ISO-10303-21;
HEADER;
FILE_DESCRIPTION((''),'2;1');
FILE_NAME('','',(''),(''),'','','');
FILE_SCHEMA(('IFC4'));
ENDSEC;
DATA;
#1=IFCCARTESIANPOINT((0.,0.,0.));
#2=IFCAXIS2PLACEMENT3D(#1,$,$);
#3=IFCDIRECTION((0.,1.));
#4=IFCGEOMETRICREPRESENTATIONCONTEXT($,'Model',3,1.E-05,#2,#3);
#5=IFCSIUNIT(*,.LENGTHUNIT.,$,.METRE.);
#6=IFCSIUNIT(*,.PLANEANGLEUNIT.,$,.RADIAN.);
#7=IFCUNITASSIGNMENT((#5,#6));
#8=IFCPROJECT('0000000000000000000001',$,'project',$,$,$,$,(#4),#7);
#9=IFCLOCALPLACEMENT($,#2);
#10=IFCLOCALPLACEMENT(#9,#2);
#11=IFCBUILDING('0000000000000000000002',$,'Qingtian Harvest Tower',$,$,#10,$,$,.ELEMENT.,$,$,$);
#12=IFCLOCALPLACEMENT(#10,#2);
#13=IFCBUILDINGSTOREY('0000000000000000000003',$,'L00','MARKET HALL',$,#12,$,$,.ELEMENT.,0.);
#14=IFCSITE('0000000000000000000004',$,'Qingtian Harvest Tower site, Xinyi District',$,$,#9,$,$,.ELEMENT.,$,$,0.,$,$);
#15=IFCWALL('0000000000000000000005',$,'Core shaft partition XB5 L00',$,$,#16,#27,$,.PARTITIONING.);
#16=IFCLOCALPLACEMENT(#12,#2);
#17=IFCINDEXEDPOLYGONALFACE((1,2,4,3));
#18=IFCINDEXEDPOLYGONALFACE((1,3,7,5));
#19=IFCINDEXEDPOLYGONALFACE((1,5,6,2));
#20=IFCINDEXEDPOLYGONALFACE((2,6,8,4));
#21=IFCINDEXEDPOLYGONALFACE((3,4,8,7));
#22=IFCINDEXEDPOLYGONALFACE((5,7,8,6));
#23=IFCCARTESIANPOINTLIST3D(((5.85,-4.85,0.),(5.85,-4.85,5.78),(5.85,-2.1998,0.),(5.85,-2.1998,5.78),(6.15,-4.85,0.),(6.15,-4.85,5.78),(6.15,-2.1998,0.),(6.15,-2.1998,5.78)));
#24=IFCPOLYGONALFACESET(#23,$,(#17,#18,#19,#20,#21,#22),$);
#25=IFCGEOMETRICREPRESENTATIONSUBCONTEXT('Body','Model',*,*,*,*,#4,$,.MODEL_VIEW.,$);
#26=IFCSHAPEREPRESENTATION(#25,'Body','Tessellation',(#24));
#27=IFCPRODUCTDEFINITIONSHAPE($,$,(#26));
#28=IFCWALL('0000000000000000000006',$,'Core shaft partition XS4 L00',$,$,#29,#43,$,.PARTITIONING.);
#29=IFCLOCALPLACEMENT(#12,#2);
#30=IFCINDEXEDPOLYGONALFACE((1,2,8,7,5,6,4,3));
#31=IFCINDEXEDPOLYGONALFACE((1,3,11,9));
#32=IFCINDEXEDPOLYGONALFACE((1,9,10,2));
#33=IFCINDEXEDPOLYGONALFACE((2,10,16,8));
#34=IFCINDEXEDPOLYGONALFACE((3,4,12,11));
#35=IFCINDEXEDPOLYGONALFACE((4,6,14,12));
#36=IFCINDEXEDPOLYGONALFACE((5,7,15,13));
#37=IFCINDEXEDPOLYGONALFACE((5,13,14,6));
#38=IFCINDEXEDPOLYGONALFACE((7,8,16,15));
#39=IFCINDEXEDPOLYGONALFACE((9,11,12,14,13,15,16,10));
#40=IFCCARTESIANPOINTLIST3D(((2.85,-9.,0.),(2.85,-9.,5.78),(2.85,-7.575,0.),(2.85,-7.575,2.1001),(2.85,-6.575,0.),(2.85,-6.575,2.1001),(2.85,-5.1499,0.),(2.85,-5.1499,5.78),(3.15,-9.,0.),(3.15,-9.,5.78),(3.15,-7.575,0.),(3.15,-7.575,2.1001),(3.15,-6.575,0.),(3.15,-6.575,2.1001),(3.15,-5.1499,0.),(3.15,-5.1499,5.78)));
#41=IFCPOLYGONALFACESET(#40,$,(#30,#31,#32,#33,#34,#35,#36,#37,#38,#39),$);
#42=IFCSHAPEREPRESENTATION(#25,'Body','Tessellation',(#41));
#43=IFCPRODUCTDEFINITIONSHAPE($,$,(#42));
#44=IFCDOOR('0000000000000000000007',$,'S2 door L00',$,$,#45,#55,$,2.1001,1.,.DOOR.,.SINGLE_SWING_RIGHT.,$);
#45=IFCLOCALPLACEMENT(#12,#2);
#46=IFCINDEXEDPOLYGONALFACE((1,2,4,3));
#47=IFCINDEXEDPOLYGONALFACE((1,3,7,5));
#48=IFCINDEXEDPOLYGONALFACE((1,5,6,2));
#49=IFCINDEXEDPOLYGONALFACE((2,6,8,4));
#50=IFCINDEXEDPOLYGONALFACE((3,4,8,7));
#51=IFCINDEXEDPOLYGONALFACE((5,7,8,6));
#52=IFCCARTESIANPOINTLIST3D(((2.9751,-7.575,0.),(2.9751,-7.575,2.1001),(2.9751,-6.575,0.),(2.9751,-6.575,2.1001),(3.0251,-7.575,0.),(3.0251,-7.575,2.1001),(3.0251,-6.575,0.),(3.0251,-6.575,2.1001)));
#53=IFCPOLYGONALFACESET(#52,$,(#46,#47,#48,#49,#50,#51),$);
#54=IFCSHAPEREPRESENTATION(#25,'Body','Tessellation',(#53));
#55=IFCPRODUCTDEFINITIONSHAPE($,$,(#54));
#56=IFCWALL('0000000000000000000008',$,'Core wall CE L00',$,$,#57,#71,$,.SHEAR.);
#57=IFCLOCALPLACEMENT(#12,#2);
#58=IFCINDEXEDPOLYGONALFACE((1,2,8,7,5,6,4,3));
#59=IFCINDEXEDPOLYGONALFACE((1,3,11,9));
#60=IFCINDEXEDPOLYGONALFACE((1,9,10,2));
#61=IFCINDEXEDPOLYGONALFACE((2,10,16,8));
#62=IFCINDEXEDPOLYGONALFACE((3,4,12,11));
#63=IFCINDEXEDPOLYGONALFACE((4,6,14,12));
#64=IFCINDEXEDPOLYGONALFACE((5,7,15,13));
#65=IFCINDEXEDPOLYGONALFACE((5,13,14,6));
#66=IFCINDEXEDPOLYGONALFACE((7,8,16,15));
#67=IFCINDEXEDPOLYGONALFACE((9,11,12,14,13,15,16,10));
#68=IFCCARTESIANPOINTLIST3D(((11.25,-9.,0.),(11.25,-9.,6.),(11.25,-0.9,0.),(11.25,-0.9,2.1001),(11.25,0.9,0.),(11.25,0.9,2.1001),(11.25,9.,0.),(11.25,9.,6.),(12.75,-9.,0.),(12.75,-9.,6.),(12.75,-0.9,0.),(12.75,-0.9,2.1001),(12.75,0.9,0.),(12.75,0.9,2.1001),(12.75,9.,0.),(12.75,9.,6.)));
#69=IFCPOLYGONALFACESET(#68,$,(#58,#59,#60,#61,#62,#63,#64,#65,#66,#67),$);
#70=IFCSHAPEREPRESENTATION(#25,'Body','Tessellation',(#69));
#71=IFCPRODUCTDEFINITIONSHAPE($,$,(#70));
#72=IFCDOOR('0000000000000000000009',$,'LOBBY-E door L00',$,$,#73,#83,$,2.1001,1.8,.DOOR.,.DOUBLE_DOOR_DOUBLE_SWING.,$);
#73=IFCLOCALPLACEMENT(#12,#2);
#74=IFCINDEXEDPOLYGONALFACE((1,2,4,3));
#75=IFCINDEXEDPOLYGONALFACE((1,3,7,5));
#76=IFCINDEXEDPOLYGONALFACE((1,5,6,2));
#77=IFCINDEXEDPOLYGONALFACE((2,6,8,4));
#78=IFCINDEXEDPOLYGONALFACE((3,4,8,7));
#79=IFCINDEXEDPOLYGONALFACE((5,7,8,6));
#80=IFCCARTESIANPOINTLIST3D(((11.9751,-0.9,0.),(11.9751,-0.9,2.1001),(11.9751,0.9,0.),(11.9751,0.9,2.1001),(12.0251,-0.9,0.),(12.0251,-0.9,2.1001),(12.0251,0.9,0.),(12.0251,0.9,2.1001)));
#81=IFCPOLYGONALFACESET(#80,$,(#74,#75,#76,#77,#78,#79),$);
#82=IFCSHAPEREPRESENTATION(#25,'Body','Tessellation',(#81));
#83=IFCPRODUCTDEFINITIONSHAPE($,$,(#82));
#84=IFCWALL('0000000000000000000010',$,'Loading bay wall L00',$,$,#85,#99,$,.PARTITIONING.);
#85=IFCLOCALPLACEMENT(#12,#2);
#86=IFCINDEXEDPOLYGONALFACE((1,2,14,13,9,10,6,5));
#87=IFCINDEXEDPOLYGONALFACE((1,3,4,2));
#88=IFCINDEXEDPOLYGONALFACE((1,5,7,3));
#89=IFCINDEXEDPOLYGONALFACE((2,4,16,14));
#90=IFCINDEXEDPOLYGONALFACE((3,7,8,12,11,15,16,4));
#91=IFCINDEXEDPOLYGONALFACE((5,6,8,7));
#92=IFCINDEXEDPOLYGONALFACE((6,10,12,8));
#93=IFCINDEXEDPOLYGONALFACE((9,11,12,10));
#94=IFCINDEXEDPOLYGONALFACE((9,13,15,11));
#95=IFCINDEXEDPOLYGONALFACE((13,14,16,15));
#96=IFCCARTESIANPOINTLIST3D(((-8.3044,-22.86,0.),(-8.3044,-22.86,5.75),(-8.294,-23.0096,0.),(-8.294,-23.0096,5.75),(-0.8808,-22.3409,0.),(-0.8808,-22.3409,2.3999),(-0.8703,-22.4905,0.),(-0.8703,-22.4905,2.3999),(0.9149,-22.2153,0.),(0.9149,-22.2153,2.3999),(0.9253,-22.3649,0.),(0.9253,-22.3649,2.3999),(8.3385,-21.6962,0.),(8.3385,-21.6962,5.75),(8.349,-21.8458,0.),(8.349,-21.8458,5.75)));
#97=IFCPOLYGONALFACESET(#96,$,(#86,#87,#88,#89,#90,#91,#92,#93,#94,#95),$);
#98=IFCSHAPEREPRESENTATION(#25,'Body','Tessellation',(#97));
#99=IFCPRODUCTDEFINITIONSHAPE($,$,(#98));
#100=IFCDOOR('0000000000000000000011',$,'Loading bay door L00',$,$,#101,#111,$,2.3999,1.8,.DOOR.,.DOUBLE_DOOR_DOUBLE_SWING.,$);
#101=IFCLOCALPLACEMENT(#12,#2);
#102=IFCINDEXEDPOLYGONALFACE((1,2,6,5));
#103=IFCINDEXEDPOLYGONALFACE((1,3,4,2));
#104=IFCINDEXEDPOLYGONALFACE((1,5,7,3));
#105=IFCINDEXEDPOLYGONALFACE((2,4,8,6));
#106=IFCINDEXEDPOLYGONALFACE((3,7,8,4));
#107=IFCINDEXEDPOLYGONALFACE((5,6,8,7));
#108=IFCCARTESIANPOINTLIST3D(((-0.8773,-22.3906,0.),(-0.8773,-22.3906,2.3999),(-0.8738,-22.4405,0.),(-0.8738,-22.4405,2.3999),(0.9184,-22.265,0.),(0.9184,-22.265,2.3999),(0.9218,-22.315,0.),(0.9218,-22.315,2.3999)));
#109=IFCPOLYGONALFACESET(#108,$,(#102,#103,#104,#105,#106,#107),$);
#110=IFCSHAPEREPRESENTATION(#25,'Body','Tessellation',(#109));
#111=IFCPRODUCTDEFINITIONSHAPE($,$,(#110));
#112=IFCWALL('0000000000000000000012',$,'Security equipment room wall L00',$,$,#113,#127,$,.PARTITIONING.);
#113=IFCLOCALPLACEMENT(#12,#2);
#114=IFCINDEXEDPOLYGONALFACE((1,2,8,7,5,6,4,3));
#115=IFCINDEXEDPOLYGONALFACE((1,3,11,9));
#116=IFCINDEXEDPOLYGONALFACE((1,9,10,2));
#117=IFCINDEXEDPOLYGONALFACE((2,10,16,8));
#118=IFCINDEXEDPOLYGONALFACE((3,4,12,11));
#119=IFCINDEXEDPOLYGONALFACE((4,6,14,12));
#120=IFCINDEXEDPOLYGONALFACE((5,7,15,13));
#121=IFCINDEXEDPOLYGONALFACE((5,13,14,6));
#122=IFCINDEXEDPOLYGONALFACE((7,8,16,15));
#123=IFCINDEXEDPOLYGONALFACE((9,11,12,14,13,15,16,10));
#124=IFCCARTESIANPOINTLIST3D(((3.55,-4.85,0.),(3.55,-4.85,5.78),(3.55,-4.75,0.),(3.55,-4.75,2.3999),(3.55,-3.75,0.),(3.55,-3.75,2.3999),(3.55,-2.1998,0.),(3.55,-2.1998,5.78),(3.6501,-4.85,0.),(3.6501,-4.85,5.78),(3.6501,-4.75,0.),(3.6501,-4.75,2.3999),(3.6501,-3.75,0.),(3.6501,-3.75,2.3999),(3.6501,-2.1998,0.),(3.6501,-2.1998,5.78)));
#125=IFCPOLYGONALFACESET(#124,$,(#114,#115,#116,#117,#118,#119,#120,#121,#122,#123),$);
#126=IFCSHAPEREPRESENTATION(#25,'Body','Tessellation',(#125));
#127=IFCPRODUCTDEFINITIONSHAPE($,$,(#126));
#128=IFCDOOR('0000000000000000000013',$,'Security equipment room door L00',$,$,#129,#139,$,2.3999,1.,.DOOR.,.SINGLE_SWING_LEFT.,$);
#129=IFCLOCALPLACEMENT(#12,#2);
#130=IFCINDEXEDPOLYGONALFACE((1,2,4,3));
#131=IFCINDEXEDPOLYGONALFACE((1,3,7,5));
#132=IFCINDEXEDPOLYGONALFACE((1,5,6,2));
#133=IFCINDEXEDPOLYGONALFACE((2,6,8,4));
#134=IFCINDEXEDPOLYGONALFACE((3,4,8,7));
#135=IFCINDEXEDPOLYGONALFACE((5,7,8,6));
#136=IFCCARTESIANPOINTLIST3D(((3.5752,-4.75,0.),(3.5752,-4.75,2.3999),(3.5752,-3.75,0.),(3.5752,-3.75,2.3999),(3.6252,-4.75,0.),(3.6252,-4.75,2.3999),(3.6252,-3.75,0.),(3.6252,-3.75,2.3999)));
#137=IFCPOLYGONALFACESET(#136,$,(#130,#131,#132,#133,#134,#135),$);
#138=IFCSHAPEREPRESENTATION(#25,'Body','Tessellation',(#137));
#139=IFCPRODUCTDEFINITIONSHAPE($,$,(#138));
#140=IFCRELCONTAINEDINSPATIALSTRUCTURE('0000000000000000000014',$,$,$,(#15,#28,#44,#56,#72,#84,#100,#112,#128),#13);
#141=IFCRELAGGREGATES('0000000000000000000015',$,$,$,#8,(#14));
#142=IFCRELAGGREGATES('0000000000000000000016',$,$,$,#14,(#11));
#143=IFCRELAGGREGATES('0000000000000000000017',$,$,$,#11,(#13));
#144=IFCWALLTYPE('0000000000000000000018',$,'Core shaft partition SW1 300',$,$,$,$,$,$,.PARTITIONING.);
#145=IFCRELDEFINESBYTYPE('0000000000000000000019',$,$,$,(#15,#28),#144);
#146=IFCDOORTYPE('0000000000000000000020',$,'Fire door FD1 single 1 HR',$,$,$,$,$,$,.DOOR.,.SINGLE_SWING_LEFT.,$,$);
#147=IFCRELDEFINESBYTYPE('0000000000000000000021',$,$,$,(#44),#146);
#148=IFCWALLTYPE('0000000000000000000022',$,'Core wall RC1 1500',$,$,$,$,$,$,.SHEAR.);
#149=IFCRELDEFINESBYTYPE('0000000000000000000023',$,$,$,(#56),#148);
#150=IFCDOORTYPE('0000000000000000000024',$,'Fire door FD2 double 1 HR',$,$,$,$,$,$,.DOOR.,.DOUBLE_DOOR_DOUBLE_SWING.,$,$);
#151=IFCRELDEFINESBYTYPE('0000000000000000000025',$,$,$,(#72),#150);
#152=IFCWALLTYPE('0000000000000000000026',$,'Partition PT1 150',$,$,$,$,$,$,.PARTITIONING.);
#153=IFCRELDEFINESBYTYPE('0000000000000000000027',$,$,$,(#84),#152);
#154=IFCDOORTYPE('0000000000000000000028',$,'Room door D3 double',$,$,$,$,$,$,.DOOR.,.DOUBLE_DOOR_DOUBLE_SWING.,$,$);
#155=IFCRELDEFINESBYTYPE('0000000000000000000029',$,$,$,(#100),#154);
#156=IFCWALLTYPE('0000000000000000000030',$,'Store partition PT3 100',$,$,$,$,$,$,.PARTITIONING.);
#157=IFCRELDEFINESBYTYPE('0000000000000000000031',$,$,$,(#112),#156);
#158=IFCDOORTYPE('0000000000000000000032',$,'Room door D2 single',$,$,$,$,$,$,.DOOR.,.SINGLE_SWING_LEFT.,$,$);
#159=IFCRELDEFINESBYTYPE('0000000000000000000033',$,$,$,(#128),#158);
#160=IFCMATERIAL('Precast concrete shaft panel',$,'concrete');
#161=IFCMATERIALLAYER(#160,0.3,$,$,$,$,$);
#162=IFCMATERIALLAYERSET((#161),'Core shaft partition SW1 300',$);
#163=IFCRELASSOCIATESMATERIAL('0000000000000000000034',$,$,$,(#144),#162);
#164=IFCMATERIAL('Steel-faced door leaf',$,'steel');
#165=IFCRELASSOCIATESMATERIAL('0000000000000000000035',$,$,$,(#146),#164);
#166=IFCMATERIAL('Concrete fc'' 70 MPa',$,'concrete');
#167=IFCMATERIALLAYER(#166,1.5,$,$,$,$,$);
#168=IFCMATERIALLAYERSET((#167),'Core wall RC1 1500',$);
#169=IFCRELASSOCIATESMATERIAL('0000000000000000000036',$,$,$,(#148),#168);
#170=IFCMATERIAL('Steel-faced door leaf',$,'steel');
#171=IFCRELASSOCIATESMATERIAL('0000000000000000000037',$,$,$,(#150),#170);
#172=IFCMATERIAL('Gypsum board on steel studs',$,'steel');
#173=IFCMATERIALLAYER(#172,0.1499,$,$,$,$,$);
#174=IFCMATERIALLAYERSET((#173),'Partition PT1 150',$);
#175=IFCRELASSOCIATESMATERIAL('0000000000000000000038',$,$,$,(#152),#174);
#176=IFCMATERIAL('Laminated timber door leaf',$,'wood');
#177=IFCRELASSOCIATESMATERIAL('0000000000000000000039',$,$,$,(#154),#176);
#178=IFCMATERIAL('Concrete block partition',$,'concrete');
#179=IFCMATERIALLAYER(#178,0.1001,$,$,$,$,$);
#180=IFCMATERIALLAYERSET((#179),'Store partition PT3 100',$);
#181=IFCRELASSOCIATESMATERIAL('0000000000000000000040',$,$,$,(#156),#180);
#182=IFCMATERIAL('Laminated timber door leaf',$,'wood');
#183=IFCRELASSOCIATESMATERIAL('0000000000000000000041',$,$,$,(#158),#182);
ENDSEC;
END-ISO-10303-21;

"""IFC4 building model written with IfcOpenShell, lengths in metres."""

from ifc_helpers import new_model, si_unit, direction, frame, frame_2d, origin, place, context, subcontext, project, spatial, rectangle, extrude, material, layer, layer_set, type_object, element, fill, save


model = new_model("IFC4")

# Units and contexts
model_context = context("Model", 3, precision=1e-05, world=origin(), true_north=direction((0.0, 1.0)))
body_context = subcontext(model_context, "Body", "Model", "MODEL_VIEW")
ifc_project = project(units=[si_unit("LENGTHUNIT", "METRE"), si_unit("PLANEANGLEUNIT", "RADIAN")], contexts=[model_context])

# Site, building, storey
site_placement = place(None, origin())
site = spatial("IfcSite", under=ifc_project, at=site_placement, Name="Qingtian Harvest Tower site, Xinyi District", CompositionType="ELEMENT", RefElevation=0.0)
building_placement = place(site_placement, origin())
building = spatial("IfcBuilding", under=site, at=building_placement, Name="Qingtian Harvest Tower", CompositionType="ELEMENT")
storey_placement = place(building_placement, origin())
storey = spatial("IfcBuildingStorey", under=building, at=storey_placement, Name="L00", Description="MARKET HALL", CompositionType="ELEMENT", Elevation=0.0)

# Wall
ifc_material_1 = material(Name="Precast concrete shaft panel", Category="concrete")
ifc_layer_1 = layer(ifc_material_1, 0.3)
ifc_layer_set_1 = layer_set([ifc_layer_1], Name="Core shaft partition SW1 300")
wall_type_1 = type_object("IfcWallType", Name="Core shaft partition SW1 300", PredefinedType="PARTITIONING", material=ifc_layer_set_1)
wall_1_placement = place(storey_placement, frame((6.0, -4.8501, 0.0), z_axis=(0.0, 0.0, 1.0), x_axis=(0.0, 1.0, 0.0)))
element("IfcWall", 1, at=wall_1_placement, inside=storey, type_object=wall_type_1, Name="Core shaft partition XB5 L00", PredefinedType="PARTITIONING", context=body_context, shape_type="SweptSolid", body=[
    extrude(rectangle(XDim=2.6501, YDim=0.3, at=frame_2d((1.3252, 0.0))), origin(), (0.0, 0.0, 1.0), 5.78),
])

# Walls, openings, doors
wall_2_placement = place(storey_placement, frame((3.0, -9.0, 0.0), z_axis=(0.0, 0.0, 1.0), x_axis=(0.0, 1.0, 0.0)))
wall_2 = element("IfcWall", 2, at=wall_2_placement, inside=storey, type_object=wall_type_1, Name="Core shaft partition XS4 L00", PredefinedType="PARTITIONING", context=body_context, shape_type="SweptSolid", body=[
    extrude(rectangle(XDim=3.8501, YDim=0.3, at=frame_2d((1.925, 0.0))), origin(), (0.0, 0.0, 1.0), 5.78),
])
opening_1_placement = place(wall_2_placement, frame((1.425, 0.0, 0.0)))
opening_1 = element("IfcOpeningElement", 3, at=opening_1_placement, cuts=wall_2, PredefinedType="OPENING", context=body_context, shape_type="SweptSolid", body=[
    extrude(rectangle(XDim=1.0, YDim=2.1001, at=frame_2d((0.5, 1.05))), frame((0.0, 0.1599, 0.0), z_axis=(0.0, -1.0, 0.0), x_axis=(1.0, 0.0, 0.0)), (0.0, 0.0, 1.0), 0.3201),
])
ifc_material_2 = material(Name="Steel-faced door leaf", Category="steel")
door_type_1 = type_object("IfcDoorType", Name="Fire door FD1 single 1 HR", OperationType="SINGLE_SWING_LEFT", PredefinedType="DOOR", material=ifc_material_2)
door_1_placement = place(opening_1_placement, origin())
door_1 = element("IfcDoor", 4, at=door_1_placement, inside=storey, type_object=door_type_1, Name="S2 door L00", OperationType="SINGLE_SWING_RIGHT", OverallHeight=2.1001, OverallWidth=1.0, PredefinedType="DOOR", context=body_context, shape_type="SweptSolid", body=[
    extrude(rectangle(XDim=1.0, YDim=2.1001, at=frame_2d((0.5, 1.05))), frame((0.0, 0.0249, 0.0), z_axis=(0.0, -1.0, 0.0), x_axis=(1.0, 0.0, 0.0)), (0.0, 0.0, 1.0), 0.05),
])
fill(opening_1, door_1)
ifc_material_3 = material(Name="Concrete fc' 70 MPa", Category="concrete")
ifc_layer_2 = layer(ifc_material_3, 1.5)
ifc_layer_set_2 = layer_set([ifc_layer_2], Name="Core wall RC1 1500")
wall_type_2 = type_object("IfcWallType", Name="Core wall RC1 1500", PredefinedType="SHEAR", material=ifc_layer_set_2)
wall_3_placement = place(storey_placement, frame((12.0, -9.0, 0.0), z_axis=(0.0, 0.0, 1.0), x_axis=(0.0, 1.0, 0.0)))
wall_3 = element("IfcWall", 5, at=wall_3_placement, inside=storey, type_object=wall_type_2, Name="Core wall CE L00", PredefinedType="SHEAR", context=body_context, shape_type="SweptSolid", body=[
    extrude(rectangle(XDim=18.0, YDim=1.5, at=frame_2d((9.0, 0.0))), origin(), (0.0, 0.0, 1.0), 6.0),
])
opening_2_placement = place(wall_3_placement, frame((8.1001, 0.0, 0.0)))
opening_2 = element("IfcOpeningElement", 6, at=opening_2_placement, cuts=wall_3, PredefinedType="OPENING", context=body_context, shape_type="SweptSolid", body=[
    extrude(rectangle(XDim=1.8, YDim=2.1001, at=frame_2d((0.8999, 1.05))), frame((0.0, 0.76, 0.0), z_axis=(0.0, -1.0, 0.0), x_axis=(1.0, 0.0, 0.0)), (0.0, 0.0, 1.0), 1.52),
])
ifc_material_4 = material(Name="Steel-faced door leaf", Category="steel")
door_type_2 = type_object("IfcDoorType", Name="Fire door FD2 double 1 HR", OperationType="DOUBLE_DOOR_DOUBLE_SWING", PredefinedType="DOOR", material=ifc_material_4)
door_2_placement = place(opening_2_placement, origin())
door_2 = element("IfcDoor", 7, at=door_2_placement, inside=storey, type_object=door_type_2, Name="LOBBY-E door L00", OperationType="DOUBLE_DOOR_DOUBLE_SWING", OverallHeight=2.1001, OverallWidth=1.8, PredefinedType="DOOR", context=body_context, shape_type="SweptSolid", body=[
    extrude(rectangle(XDim=1.8, YDim=2.1001, at=frame_2d((0.8999, 1.05))), frame((0.0, 0.0249, 0.0), z_axis=(0.0, -1.0, 0.0), x_axis=(1.0, 0.0, 0.0)), (0.0, 0.0, 1.0), 0.05),
])
fill(opening_2, door_2)
ifc_material_5 = material(Name="Gypsum board on steel studs", Category="steel")
ifc_layer_3 = layer(ifc_material_5, 0.1499)
ifc_layer_set_3 = layer_set([ifc_layer_3], Name="Partition PT1 150")
wall_type_3 = type_object("IfcWallType", Name="Partition PT1 150", PredefinedType="PARTITIONING", material=ifc_layer_set_3)
wall_4_placement = place(storey_placement, frame((8.3438, -21.771, 0.0), z_axis=(0.0, 0.0, 1.0), x_axis=(-0.997564, -0.069758, 0.0)))
wall_4 = element("IfcWall", 8, at=wall_4_placement, inside=storey, type_object=wall_type_3, Name="Loading bay wall L00", PredefinedType="PARTITIONING", context=body_context, shape_type="SweptSolid", body=[
    extrude(rectangle(XDim=16.6836, YDim=0.1499, at=frame_2d((8.3418, 0.0))), origin(), (0.0, 0.0, 1.0), 5.75),
])
opening_3_placement = place(wall_4_placement, frame((7.4419, 0.0, 0.0)))
opening_3 = element("IfcOpeningElement", 9, at=opening_3_placement, cuts=wall_4, PredefinedType="OPENING", context=body_context, shape_type="SweptSolid", body=[
    extrude(rectangle(XDim=1.8, YDim=2.3999, at=frame_2d((0.8999, 1.2))), frame((0.0, 0.085, 0.0), z_axis=(0.0, -1.0, 0.0), x_axis=(1.0, 0.0, 0.0)), (0.0, 0.0, 1.0), 0.1699),
])
ifc_material_6 = material(Name="Laminated timber door leaf", Category="wood")
door_type_3 = type_object("IfcDoorType", Name="Room door D3 double", OperationType="DOUBLE_DOOR_DOUBLE_SWING", PredefinedType="DOOR", material=ifc_material_6)
door_3_placement = place(opening_3_placement, origin())
door_3 = element("IfcDoor", 10, at=door_3_placement, inside=storey, type_object=door_type_3, Name="Loading bay door L00", OperationType="DOUBLE_DOOR_DOUBLE_SWING", OverallHeight=2.3999, OverallWidth=1.8, PredefinedType="DOOR", context=body_context, shape_type="SweptSolid", body=[
    extrude(rectangle(XDim=1.8, YDim=2.3999, at=frame_2d((0.8999, 1.2))), frame((0.0, 0.0249, 0.0), z_axis=(0.0, -1.0, 0.0), x_axis=(1.0, 0.0, 0.0)), (0.0, 0.0, 1.0), 0.05),
])
fill(opening_3, door_3)
ifc_material_7 = material(Name="Concrete block partition", Category="concrete")
ifc_layer_4 = layer(ifc_material_7, 0.1001)
ifc_layer_set_4 = layer_set([ifc_layer_4], Name="Store partition PT3 100")
wall_type_4 = type_object("IfcWallType", Name="Store partition PT3 100", PredefinedType="PARTITIONING", material=ifc_layer_set_4)
wall_5_placement = place(storey_placement, frame((3.6001, -4.8501, 0.0), z_axis=(0.0, 0.0, 1.0), x_axis=(0.0, 1.0, 0.0)))
wall_5 = element("IfcWall", 11, at=wall_5_placement, inside=storey, type_object=wall_type_4, Name="Security equipment room wall L00", PredefinedType="PARTITIONING", context=body_context, shape_type="SweptSolid", body=[
    extrude(rectangle(XDim=2.6501, YDim=0.1001, at=frame_2d((1.3252, 0.0))), origin(), (0.0, 0.0, 1.0), 5.78),
])
opening_4_placement = place(wall_5_placement, frame((0.1001, 0.0, 0.0)))
opening_4 = element("IfcOpeningElement", 12, at=opening_4_placement, cuts=wall_5, PredefinedType="OPENING", context=body_context, shape_type="SweptSolid", body=[
    extrude(rectangle(XDim=1.0, YDim=2.3999, at=frame_2d((0.5, 1.2))), frame((0.0, 0.0601, 0.0), z_axis=(0.0, -1.0, 0.0), x_axis=(1.0, 0.0, 0.0)), (0.0, 0.0, 1.0), 0.1201),
])
ifc_material_8 = material(Name="Laminated timber door leaf", Category="wood")
door_type_4 = type_object("IfcDoorType", Name="Room door D2 single", OperationType="SINGLE_SWING_LEFT", PredefinedType="DOOR", material=ifc_material_8)
door_4_placement = place(opening_4_placement, origin())
door_4 = element("IfcDoor", 13, at=door_4_placement, inside=storey, type_object=door_type_4, Name="Security equipment room door L00", OperationType="SINGLE_SWING_LEFT", OverallHeight=2.3999, OverallWidth=1.0, PredefinedType="DOOR", context=body_context, shape_type="SweptSolid", body=[
    extrude(rectangle(XDim=1.0, YDim=2.3999, at=frame_2d((0.5, 1.2))), frame((0.0, 0.0249, 0.0), z_axis=(0.0, -1.0, 0.0), x_axis=(1.0, 0.0, 0.0)), (0.0, 0.0, 1.0), 0.05),
])
fill(opening_4, door_4)

save(model, "model.ifc")
